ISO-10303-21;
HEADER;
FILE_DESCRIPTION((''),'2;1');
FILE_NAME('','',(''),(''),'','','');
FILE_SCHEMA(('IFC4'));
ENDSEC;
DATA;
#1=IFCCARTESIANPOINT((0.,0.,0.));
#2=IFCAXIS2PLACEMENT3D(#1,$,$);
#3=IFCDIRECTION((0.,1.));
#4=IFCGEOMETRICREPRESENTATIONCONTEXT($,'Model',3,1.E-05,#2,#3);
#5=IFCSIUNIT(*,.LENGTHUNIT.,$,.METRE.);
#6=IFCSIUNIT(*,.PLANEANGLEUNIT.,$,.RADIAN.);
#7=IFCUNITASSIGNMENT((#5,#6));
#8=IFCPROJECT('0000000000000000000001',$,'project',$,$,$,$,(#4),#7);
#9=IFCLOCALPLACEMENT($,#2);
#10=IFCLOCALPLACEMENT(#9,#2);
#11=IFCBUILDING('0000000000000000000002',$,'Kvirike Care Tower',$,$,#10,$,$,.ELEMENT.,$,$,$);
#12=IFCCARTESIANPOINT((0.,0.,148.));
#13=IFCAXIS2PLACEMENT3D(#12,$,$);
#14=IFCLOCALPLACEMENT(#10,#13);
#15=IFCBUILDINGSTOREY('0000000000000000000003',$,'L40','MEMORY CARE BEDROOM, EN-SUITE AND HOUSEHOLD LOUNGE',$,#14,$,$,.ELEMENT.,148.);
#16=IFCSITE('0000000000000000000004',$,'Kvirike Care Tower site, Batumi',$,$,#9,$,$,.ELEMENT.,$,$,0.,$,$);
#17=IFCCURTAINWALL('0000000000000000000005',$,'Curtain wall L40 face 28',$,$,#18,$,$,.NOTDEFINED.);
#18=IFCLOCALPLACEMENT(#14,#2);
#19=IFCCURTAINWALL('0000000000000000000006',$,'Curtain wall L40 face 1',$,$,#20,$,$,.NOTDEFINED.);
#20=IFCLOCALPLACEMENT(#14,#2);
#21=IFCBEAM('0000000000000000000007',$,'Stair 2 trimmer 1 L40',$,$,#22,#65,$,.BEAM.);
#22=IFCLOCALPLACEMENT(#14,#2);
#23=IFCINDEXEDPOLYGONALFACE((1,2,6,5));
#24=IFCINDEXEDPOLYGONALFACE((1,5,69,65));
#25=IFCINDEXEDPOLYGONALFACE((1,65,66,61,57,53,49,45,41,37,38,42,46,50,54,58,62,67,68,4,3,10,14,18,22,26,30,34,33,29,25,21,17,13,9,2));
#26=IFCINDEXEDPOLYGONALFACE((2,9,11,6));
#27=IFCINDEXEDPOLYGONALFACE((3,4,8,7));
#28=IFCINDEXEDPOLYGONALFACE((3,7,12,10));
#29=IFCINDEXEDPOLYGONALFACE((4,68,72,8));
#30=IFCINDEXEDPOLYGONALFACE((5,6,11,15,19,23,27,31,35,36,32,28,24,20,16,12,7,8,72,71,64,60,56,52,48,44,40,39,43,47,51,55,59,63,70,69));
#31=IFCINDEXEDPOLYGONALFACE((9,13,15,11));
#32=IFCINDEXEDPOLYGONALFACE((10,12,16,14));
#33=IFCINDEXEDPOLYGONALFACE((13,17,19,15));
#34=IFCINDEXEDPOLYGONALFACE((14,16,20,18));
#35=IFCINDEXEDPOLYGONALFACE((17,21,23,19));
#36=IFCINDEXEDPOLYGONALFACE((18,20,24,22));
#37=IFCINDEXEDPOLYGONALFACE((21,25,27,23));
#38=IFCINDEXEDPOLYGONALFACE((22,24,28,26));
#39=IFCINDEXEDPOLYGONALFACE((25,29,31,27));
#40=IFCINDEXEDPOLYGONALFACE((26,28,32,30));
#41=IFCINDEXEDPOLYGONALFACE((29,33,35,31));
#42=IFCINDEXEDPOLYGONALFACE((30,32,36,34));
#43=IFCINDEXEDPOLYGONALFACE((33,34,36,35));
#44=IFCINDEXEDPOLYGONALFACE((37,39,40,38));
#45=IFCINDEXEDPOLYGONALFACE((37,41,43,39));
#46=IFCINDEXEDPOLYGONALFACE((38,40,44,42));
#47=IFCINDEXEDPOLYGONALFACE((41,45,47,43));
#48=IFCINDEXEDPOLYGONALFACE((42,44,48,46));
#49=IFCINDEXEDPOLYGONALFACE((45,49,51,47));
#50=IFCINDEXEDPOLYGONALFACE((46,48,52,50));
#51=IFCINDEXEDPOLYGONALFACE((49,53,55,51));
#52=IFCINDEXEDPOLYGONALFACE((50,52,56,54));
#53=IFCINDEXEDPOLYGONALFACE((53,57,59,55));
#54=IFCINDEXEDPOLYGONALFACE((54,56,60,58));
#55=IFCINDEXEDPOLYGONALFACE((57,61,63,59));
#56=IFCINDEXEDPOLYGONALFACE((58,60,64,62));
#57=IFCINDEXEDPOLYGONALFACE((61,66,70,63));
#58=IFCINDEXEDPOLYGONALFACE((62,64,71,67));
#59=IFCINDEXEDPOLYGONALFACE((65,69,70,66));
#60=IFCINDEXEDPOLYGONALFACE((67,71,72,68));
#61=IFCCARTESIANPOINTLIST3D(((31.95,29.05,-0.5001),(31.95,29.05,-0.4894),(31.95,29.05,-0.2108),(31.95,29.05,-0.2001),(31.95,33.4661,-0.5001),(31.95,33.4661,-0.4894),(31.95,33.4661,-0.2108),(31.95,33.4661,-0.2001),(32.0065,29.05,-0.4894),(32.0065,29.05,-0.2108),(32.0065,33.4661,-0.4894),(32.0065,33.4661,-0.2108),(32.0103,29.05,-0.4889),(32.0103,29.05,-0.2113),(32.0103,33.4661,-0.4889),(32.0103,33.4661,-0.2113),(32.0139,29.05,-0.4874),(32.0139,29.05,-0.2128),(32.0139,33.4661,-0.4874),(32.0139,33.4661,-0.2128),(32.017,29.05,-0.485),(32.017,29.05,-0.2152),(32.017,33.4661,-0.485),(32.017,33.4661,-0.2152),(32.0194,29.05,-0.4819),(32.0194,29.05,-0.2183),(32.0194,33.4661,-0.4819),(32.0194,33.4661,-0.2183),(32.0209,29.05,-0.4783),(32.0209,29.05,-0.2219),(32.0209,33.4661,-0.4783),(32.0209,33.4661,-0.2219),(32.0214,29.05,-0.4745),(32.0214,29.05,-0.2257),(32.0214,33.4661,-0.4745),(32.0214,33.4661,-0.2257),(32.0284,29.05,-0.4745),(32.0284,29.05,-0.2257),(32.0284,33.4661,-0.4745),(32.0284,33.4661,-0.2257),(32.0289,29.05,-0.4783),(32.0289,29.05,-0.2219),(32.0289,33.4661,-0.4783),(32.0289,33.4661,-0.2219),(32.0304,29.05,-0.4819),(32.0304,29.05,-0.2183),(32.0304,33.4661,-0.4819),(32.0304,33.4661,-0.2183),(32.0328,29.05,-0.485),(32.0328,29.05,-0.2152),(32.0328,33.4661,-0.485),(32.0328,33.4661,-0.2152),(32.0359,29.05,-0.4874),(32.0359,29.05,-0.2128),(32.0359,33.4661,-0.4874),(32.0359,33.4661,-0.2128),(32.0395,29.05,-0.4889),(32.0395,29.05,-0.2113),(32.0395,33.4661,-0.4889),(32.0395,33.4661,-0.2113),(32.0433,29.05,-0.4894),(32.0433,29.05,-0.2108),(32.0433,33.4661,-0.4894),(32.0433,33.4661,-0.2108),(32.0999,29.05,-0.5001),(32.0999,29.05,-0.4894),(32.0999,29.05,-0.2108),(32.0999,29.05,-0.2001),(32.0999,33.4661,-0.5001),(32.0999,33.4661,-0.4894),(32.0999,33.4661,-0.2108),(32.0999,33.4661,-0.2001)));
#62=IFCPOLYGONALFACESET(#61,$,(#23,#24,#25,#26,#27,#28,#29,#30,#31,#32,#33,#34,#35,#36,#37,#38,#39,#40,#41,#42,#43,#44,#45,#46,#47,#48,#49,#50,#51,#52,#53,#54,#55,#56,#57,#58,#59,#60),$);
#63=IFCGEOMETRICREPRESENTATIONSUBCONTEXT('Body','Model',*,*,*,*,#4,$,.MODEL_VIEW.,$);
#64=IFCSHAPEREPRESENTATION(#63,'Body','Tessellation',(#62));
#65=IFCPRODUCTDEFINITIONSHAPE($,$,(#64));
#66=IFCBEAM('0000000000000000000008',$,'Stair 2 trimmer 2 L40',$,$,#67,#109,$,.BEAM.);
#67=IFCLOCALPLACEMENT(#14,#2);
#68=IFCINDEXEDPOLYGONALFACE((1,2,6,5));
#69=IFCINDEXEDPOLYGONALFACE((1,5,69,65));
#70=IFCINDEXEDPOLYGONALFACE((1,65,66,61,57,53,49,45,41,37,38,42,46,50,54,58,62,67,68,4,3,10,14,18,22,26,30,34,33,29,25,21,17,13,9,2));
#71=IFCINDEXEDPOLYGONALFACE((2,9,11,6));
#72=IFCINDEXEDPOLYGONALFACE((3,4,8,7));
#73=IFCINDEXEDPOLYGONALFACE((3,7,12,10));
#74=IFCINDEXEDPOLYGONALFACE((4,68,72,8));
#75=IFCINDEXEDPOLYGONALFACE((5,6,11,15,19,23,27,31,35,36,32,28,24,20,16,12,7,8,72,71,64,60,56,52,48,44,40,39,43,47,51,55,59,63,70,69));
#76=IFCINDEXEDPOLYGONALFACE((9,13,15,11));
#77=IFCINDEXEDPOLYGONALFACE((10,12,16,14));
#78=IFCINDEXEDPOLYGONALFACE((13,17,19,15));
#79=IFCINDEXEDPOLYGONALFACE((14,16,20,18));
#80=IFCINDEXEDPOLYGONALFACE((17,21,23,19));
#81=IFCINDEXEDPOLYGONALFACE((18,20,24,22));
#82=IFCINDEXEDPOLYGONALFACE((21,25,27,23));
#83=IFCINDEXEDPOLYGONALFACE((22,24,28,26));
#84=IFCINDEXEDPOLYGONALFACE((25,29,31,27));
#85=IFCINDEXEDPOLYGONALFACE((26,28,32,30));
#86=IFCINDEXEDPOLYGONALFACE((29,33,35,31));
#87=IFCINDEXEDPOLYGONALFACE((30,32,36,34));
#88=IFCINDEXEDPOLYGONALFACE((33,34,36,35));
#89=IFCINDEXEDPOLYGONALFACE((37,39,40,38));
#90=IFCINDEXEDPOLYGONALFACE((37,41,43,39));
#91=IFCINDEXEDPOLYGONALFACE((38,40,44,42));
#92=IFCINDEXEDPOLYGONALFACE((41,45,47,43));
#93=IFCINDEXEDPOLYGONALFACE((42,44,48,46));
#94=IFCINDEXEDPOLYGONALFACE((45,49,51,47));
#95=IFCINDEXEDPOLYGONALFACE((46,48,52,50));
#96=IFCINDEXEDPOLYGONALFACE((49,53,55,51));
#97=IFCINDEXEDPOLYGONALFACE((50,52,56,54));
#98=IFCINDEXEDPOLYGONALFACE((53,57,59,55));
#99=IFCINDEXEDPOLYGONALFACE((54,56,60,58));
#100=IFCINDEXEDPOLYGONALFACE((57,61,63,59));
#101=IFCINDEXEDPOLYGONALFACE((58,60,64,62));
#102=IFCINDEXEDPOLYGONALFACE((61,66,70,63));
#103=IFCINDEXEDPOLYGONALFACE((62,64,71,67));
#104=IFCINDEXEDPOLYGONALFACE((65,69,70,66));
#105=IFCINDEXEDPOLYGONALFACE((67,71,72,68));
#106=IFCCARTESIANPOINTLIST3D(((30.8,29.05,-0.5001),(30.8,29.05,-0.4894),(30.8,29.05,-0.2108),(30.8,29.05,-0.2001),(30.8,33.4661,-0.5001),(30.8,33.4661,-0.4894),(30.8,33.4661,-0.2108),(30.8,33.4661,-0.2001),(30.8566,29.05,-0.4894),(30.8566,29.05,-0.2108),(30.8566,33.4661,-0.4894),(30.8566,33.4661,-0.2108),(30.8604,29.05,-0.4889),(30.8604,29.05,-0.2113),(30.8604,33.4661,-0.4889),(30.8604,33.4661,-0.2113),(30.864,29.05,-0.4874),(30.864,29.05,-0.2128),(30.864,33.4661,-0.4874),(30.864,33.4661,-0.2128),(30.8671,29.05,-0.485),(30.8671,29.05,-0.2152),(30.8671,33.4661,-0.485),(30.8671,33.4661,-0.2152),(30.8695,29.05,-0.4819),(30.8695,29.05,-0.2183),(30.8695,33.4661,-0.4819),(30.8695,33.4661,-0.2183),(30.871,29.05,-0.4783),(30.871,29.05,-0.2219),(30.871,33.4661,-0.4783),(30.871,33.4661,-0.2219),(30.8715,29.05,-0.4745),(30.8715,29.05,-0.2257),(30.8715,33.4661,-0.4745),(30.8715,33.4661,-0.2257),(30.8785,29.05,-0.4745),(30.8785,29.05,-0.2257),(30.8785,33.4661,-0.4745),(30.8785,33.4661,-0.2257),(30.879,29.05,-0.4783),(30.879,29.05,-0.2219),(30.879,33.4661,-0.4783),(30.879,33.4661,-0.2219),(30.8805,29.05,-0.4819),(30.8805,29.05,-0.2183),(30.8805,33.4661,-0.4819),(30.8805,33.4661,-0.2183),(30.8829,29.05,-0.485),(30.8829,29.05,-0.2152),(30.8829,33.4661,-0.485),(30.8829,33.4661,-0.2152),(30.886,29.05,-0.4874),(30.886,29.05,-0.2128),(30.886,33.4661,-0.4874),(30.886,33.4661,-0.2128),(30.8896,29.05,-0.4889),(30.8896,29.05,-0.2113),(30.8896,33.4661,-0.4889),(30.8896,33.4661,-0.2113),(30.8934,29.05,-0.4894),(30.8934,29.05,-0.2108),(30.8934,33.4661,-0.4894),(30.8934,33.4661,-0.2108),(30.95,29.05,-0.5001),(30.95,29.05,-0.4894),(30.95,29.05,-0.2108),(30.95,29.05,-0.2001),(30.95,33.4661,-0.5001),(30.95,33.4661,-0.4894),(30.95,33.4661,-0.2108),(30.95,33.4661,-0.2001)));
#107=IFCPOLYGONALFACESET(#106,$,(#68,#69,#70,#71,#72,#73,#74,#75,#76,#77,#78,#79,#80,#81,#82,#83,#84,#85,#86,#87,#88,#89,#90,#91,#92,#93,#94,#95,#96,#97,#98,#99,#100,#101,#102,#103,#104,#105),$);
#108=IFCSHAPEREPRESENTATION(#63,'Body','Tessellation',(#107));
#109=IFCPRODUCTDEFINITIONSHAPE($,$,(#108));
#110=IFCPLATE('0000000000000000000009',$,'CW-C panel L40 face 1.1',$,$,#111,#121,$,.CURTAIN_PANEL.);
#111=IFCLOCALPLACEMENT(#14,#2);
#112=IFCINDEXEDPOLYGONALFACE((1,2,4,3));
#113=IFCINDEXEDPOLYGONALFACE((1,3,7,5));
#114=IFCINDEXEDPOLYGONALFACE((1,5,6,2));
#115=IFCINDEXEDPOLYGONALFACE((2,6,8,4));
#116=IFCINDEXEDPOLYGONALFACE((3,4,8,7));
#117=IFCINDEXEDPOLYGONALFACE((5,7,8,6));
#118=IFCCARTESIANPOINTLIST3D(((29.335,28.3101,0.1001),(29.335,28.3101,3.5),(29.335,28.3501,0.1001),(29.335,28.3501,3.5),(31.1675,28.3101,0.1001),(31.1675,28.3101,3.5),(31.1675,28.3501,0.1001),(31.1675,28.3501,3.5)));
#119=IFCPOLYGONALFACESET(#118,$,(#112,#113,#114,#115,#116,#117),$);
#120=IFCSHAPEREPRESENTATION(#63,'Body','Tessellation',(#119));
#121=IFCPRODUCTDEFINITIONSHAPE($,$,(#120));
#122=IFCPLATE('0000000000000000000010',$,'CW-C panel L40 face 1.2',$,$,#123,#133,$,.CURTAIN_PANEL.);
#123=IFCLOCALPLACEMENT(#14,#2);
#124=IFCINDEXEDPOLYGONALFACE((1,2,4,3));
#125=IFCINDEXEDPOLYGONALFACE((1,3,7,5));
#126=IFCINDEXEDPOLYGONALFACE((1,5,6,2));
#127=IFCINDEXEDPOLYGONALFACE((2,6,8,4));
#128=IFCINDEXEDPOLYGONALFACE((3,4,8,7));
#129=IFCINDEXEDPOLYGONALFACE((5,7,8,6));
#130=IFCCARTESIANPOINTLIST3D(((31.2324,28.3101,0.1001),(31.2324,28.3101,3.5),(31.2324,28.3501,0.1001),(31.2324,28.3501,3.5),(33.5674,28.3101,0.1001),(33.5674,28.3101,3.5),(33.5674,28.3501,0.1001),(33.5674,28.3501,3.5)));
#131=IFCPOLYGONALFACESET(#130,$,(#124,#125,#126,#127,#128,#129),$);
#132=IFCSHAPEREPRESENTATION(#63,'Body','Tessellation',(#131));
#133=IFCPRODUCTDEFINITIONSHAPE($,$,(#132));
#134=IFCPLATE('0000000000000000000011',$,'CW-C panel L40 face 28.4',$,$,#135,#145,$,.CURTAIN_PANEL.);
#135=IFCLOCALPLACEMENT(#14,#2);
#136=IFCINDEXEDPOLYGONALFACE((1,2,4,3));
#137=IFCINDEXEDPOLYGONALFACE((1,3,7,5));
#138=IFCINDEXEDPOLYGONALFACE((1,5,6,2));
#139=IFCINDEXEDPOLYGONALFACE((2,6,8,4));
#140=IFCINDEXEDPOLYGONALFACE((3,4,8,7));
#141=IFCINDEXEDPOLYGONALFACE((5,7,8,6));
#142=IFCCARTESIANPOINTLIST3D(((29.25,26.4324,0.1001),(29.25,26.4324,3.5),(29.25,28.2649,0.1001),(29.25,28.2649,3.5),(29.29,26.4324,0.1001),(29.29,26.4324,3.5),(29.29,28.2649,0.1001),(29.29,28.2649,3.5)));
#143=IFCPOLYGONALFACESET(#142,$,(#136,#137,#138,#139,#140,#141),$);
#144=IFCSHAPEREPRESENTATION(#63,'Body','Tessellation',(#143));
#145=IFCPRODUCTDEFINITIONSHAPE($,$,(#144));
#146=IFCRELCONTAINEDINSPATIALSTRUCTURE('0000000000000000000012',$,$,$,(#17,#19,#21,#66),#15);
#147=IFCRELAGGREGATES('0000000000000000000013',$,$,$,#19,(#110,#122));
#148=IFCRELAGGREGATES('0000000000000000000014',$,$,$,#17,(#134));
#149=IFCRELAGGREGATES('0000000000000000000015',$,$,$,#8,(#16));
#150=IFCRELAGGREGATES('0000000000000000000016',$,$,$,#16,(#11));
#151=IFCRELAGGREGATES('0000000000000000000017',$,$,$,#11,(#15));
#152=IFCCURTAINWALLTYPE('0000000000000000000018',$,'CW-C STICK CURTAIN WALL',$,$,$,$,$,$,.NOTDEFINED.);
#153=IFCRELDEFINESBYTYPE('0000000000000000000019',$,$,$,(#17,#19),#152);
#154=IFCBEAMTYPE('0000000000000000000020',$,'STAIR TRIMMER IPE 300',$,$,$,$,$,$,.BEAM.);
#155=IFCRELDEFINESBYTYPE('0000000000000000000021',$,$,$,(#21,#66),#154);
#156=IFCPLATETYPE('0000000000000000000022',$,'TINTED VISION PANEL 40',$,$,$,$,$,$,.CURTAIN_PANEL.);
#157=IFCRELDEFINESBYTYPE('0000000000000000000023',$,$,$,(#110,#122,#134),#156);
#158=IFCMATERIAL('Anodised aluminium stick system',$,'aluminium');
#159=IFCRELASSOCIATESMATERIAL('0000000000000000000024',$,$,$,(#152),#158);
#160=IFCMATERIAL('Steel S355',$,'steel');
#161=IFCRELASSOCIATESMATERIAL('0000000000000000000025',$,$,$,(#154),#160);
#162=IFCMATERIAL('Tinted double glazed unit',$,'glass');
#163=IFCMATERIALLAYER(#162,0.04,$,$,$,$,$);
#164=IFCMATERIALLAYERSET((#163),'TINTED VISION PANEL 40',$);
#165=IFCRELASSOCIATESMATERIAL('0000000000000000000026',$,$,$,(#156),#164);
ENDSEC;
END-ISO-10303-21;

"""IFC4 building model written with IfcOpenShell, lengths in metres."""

from ifc_helpers import new_model, si_unit, direction, frame, origin, origin_2d, place, context, subcontext, project, spatial, rectangle, i_section, extrude, material, layer, layer_set, material_profile, profile_set, type_object, element, aggregate, save


model = new_model("IFC4")

# Units and contexts
model_context = context("Model", 3, precision=1e-05, world=origin(), true_north=direction((0.0, 1.0)))
body_context = subcontext(model_context, "Body", "Model", "MODEL_VIEW")
ifc_project = project(units=[si_unit("LENGTHUNIT", "METRE"), si_unit("PLANEANGLEUNIT", "RADIAN")], contexts=[model_context])

# Site, building, storey
site_placement = place(None, origin())
site = spatial("IfcSite", under=ifc_project, at=site_placement, Name="Kvirike Care Tower site, Batumi", CompositionType="ELEMENT", RefElevation=0.0)
building_placement = place(site_placement, origin())
building = spatial("IfcBuilding", under=site, at=building_placement, Name="Kvirike Care Tower", CompositionType="ELEMENT")
storey_placement = place(building_placement, frame((0.0, 0.0, 148.0)))
storey = spatial("IfcBuildingStorey", under=building, at=storey_placement, Name="L40", Description="MEMORY CARE BEDROOM, EN-SUITE AND HOUSEHOLD LOUNGE", CompositionType="ELEMENT", Elevation=148.0)

# Curtain wall
ifc_material_1 = material(Name="Anodised aluminium stick system", Category="aluminium")
curtain_wall_type = type_object("IfcCurtainWallType", Name="CW-C STICK CURTAIN WALL", PredefinedType="NOTDEFINED", material=ifc_material_1)
curtain_wall_1_placement = place(storey_placement, origin())
curtain_wall_1 = element("IfcCurtainWall", 1, at=curtain_wall_1_placement, inside=storey, type_object=curtain_wall_type, Name="Curtain wall L40 face 28", PredefinedType="NOTDEFINED")

# Curtain wall
curtain_wall_2_placement = place(storey_placement, origin())
curtain_wall_2 = element("IfcCurtainWall", 2, at=curtain_wall_2_placement, inside=storey, type_object=curtain_wall_type, Name="Curtain wall L40 face 1", PredefinedType="NOTDEFINED")

# Beams
ifc_material_2 = material(Name="Steel S355", Category="steel")
ifc_material_profile_1 = material_profile(ifc_material_2, i_section(OverallWidth=0.1499, OverallDepth=0.3, WebThickness=0.0071, FlangeThickness=0.0107, FilletRadius=0.0149, at=origin_2d()), Name="IPE 300")
ifc_profile_set_1 = profile_set([ifc_material_profile_1], Name="Steel S355")
beam_type_1 = type_object("IfcBeamType", Name="STAIR TRIMMER IPE 300", PredefinedType="BEAM", material=ifc_profile_set_1)
for number, where, z_axis, x_axis, name in (
    (3, (32.0249, 29.05, -0.3501), (0.0, 1.0, 0.0), (-1.0, 0.0, 0.0), "Stair 2 trimmer 1 L40"),
    (4, (30.875, 29.05, -0.3501), (0.0, 1.0, 0.0), (-1.0, 0.0, 0.0), "Stair 2 trimmer 2 L40"),
):
    element("IfcBeam", number, at=place(storey_placement, frame(where, z_axis=z_axis, x_axis=x_axis)), inside=storey, type_object=beam_type_1, Name=name, PredefinedType="BEAM", context=body_context, shape_type="SweptSolid", body=[
        extrude(i_section(OverallWidth=0.1499, OverallDepth=0.3, WebThickness=0.0071, FlangeThickness=0.0107, FilletRadius=0.0149, at=origin_2d()), origin(), (0.0, 0.0, 1.0), 4.416),
    ])

# Plates
ifc_material_3 = material(Name="Tinted double glazed unit", Category="glass")
ifc_layer_1 = layer(ifc_material_3, 0.04)
ifc_layer_set_1 = layer_set([ifc_layer_1], Name="TINTED VISION PANEL 40")
plate_type = type_object("IfcPlateType", Name="TINTED VISION PANEL 40", PredefinedType="CURTAIN_PANEL", material=ifc_layer_set_1)
plate_1_placement = place(storey_placement, frame((30.2512, 28.3301, 0.1001), z_axis=(0.0, 0.0, 1.0), x_axis=(1.0, 0.0, 0.0)))
plate_1 = element("IfcPlate", 5, at=plate_1_placement, type_object=plate_type, Name="CW-C panel L40 face 1.1", PredefinedType="CURTAIN_PANEL", context=body_context, shape_type="SweptSolid", body=[
    extrude(rectangle(XDim=1.8325, YDim=0.04, at=origin_2d()), origin(), (0.0, 0.0, 1.0), 3.3999),
])
plate_2_placement = place(storey_placement, frame((32.3999, 28.3301, 0.1001), z_axis=(0.0, 0.0, 1.0), x_axis=(1.0, 0.0, 0.0)))
plate_2 = element("IfcPlate", 6, at=plate_2_placement, type_object=plate_type, Name="CW-C panel L40 face 1.2", PredefinedType="CURTAIN_PANEL", context=body_context, shape_type="SweptSolid", body=[
    extrude(rectangle(XDim=2.335, YDim=0.04, at=origin_2d()), origin(), (0.0, 0.0, 1.0), 3.3999),
])
aggregate(curtain_wall_2, [plate_1, plate_2])
plate_3_placement = place(storey_placement, frame((29.27, 27.3486, 0.1001), z_axis=(0.0, 0.0, 1.0), x_axis=(0.0, 1.0, 0.0)))
plate_3 = element("IfcPlate", 7, at=plate_3_placement, type_object=plate_type, Name="CW-C panel L40 face 28.4", PredefinedType="CURTAIN_PANEL", context=body_context, shape_type="SweptSolid", body=[
    extrude(rectangle(XDim=1.8325, YDim=0.04, at=origin_2d()), origin(), (0.0, 0.0, 1.0), 3.3999),
])
aggregate(curtain_wall_1, [plate_3])

save(model, "model.ifc")
